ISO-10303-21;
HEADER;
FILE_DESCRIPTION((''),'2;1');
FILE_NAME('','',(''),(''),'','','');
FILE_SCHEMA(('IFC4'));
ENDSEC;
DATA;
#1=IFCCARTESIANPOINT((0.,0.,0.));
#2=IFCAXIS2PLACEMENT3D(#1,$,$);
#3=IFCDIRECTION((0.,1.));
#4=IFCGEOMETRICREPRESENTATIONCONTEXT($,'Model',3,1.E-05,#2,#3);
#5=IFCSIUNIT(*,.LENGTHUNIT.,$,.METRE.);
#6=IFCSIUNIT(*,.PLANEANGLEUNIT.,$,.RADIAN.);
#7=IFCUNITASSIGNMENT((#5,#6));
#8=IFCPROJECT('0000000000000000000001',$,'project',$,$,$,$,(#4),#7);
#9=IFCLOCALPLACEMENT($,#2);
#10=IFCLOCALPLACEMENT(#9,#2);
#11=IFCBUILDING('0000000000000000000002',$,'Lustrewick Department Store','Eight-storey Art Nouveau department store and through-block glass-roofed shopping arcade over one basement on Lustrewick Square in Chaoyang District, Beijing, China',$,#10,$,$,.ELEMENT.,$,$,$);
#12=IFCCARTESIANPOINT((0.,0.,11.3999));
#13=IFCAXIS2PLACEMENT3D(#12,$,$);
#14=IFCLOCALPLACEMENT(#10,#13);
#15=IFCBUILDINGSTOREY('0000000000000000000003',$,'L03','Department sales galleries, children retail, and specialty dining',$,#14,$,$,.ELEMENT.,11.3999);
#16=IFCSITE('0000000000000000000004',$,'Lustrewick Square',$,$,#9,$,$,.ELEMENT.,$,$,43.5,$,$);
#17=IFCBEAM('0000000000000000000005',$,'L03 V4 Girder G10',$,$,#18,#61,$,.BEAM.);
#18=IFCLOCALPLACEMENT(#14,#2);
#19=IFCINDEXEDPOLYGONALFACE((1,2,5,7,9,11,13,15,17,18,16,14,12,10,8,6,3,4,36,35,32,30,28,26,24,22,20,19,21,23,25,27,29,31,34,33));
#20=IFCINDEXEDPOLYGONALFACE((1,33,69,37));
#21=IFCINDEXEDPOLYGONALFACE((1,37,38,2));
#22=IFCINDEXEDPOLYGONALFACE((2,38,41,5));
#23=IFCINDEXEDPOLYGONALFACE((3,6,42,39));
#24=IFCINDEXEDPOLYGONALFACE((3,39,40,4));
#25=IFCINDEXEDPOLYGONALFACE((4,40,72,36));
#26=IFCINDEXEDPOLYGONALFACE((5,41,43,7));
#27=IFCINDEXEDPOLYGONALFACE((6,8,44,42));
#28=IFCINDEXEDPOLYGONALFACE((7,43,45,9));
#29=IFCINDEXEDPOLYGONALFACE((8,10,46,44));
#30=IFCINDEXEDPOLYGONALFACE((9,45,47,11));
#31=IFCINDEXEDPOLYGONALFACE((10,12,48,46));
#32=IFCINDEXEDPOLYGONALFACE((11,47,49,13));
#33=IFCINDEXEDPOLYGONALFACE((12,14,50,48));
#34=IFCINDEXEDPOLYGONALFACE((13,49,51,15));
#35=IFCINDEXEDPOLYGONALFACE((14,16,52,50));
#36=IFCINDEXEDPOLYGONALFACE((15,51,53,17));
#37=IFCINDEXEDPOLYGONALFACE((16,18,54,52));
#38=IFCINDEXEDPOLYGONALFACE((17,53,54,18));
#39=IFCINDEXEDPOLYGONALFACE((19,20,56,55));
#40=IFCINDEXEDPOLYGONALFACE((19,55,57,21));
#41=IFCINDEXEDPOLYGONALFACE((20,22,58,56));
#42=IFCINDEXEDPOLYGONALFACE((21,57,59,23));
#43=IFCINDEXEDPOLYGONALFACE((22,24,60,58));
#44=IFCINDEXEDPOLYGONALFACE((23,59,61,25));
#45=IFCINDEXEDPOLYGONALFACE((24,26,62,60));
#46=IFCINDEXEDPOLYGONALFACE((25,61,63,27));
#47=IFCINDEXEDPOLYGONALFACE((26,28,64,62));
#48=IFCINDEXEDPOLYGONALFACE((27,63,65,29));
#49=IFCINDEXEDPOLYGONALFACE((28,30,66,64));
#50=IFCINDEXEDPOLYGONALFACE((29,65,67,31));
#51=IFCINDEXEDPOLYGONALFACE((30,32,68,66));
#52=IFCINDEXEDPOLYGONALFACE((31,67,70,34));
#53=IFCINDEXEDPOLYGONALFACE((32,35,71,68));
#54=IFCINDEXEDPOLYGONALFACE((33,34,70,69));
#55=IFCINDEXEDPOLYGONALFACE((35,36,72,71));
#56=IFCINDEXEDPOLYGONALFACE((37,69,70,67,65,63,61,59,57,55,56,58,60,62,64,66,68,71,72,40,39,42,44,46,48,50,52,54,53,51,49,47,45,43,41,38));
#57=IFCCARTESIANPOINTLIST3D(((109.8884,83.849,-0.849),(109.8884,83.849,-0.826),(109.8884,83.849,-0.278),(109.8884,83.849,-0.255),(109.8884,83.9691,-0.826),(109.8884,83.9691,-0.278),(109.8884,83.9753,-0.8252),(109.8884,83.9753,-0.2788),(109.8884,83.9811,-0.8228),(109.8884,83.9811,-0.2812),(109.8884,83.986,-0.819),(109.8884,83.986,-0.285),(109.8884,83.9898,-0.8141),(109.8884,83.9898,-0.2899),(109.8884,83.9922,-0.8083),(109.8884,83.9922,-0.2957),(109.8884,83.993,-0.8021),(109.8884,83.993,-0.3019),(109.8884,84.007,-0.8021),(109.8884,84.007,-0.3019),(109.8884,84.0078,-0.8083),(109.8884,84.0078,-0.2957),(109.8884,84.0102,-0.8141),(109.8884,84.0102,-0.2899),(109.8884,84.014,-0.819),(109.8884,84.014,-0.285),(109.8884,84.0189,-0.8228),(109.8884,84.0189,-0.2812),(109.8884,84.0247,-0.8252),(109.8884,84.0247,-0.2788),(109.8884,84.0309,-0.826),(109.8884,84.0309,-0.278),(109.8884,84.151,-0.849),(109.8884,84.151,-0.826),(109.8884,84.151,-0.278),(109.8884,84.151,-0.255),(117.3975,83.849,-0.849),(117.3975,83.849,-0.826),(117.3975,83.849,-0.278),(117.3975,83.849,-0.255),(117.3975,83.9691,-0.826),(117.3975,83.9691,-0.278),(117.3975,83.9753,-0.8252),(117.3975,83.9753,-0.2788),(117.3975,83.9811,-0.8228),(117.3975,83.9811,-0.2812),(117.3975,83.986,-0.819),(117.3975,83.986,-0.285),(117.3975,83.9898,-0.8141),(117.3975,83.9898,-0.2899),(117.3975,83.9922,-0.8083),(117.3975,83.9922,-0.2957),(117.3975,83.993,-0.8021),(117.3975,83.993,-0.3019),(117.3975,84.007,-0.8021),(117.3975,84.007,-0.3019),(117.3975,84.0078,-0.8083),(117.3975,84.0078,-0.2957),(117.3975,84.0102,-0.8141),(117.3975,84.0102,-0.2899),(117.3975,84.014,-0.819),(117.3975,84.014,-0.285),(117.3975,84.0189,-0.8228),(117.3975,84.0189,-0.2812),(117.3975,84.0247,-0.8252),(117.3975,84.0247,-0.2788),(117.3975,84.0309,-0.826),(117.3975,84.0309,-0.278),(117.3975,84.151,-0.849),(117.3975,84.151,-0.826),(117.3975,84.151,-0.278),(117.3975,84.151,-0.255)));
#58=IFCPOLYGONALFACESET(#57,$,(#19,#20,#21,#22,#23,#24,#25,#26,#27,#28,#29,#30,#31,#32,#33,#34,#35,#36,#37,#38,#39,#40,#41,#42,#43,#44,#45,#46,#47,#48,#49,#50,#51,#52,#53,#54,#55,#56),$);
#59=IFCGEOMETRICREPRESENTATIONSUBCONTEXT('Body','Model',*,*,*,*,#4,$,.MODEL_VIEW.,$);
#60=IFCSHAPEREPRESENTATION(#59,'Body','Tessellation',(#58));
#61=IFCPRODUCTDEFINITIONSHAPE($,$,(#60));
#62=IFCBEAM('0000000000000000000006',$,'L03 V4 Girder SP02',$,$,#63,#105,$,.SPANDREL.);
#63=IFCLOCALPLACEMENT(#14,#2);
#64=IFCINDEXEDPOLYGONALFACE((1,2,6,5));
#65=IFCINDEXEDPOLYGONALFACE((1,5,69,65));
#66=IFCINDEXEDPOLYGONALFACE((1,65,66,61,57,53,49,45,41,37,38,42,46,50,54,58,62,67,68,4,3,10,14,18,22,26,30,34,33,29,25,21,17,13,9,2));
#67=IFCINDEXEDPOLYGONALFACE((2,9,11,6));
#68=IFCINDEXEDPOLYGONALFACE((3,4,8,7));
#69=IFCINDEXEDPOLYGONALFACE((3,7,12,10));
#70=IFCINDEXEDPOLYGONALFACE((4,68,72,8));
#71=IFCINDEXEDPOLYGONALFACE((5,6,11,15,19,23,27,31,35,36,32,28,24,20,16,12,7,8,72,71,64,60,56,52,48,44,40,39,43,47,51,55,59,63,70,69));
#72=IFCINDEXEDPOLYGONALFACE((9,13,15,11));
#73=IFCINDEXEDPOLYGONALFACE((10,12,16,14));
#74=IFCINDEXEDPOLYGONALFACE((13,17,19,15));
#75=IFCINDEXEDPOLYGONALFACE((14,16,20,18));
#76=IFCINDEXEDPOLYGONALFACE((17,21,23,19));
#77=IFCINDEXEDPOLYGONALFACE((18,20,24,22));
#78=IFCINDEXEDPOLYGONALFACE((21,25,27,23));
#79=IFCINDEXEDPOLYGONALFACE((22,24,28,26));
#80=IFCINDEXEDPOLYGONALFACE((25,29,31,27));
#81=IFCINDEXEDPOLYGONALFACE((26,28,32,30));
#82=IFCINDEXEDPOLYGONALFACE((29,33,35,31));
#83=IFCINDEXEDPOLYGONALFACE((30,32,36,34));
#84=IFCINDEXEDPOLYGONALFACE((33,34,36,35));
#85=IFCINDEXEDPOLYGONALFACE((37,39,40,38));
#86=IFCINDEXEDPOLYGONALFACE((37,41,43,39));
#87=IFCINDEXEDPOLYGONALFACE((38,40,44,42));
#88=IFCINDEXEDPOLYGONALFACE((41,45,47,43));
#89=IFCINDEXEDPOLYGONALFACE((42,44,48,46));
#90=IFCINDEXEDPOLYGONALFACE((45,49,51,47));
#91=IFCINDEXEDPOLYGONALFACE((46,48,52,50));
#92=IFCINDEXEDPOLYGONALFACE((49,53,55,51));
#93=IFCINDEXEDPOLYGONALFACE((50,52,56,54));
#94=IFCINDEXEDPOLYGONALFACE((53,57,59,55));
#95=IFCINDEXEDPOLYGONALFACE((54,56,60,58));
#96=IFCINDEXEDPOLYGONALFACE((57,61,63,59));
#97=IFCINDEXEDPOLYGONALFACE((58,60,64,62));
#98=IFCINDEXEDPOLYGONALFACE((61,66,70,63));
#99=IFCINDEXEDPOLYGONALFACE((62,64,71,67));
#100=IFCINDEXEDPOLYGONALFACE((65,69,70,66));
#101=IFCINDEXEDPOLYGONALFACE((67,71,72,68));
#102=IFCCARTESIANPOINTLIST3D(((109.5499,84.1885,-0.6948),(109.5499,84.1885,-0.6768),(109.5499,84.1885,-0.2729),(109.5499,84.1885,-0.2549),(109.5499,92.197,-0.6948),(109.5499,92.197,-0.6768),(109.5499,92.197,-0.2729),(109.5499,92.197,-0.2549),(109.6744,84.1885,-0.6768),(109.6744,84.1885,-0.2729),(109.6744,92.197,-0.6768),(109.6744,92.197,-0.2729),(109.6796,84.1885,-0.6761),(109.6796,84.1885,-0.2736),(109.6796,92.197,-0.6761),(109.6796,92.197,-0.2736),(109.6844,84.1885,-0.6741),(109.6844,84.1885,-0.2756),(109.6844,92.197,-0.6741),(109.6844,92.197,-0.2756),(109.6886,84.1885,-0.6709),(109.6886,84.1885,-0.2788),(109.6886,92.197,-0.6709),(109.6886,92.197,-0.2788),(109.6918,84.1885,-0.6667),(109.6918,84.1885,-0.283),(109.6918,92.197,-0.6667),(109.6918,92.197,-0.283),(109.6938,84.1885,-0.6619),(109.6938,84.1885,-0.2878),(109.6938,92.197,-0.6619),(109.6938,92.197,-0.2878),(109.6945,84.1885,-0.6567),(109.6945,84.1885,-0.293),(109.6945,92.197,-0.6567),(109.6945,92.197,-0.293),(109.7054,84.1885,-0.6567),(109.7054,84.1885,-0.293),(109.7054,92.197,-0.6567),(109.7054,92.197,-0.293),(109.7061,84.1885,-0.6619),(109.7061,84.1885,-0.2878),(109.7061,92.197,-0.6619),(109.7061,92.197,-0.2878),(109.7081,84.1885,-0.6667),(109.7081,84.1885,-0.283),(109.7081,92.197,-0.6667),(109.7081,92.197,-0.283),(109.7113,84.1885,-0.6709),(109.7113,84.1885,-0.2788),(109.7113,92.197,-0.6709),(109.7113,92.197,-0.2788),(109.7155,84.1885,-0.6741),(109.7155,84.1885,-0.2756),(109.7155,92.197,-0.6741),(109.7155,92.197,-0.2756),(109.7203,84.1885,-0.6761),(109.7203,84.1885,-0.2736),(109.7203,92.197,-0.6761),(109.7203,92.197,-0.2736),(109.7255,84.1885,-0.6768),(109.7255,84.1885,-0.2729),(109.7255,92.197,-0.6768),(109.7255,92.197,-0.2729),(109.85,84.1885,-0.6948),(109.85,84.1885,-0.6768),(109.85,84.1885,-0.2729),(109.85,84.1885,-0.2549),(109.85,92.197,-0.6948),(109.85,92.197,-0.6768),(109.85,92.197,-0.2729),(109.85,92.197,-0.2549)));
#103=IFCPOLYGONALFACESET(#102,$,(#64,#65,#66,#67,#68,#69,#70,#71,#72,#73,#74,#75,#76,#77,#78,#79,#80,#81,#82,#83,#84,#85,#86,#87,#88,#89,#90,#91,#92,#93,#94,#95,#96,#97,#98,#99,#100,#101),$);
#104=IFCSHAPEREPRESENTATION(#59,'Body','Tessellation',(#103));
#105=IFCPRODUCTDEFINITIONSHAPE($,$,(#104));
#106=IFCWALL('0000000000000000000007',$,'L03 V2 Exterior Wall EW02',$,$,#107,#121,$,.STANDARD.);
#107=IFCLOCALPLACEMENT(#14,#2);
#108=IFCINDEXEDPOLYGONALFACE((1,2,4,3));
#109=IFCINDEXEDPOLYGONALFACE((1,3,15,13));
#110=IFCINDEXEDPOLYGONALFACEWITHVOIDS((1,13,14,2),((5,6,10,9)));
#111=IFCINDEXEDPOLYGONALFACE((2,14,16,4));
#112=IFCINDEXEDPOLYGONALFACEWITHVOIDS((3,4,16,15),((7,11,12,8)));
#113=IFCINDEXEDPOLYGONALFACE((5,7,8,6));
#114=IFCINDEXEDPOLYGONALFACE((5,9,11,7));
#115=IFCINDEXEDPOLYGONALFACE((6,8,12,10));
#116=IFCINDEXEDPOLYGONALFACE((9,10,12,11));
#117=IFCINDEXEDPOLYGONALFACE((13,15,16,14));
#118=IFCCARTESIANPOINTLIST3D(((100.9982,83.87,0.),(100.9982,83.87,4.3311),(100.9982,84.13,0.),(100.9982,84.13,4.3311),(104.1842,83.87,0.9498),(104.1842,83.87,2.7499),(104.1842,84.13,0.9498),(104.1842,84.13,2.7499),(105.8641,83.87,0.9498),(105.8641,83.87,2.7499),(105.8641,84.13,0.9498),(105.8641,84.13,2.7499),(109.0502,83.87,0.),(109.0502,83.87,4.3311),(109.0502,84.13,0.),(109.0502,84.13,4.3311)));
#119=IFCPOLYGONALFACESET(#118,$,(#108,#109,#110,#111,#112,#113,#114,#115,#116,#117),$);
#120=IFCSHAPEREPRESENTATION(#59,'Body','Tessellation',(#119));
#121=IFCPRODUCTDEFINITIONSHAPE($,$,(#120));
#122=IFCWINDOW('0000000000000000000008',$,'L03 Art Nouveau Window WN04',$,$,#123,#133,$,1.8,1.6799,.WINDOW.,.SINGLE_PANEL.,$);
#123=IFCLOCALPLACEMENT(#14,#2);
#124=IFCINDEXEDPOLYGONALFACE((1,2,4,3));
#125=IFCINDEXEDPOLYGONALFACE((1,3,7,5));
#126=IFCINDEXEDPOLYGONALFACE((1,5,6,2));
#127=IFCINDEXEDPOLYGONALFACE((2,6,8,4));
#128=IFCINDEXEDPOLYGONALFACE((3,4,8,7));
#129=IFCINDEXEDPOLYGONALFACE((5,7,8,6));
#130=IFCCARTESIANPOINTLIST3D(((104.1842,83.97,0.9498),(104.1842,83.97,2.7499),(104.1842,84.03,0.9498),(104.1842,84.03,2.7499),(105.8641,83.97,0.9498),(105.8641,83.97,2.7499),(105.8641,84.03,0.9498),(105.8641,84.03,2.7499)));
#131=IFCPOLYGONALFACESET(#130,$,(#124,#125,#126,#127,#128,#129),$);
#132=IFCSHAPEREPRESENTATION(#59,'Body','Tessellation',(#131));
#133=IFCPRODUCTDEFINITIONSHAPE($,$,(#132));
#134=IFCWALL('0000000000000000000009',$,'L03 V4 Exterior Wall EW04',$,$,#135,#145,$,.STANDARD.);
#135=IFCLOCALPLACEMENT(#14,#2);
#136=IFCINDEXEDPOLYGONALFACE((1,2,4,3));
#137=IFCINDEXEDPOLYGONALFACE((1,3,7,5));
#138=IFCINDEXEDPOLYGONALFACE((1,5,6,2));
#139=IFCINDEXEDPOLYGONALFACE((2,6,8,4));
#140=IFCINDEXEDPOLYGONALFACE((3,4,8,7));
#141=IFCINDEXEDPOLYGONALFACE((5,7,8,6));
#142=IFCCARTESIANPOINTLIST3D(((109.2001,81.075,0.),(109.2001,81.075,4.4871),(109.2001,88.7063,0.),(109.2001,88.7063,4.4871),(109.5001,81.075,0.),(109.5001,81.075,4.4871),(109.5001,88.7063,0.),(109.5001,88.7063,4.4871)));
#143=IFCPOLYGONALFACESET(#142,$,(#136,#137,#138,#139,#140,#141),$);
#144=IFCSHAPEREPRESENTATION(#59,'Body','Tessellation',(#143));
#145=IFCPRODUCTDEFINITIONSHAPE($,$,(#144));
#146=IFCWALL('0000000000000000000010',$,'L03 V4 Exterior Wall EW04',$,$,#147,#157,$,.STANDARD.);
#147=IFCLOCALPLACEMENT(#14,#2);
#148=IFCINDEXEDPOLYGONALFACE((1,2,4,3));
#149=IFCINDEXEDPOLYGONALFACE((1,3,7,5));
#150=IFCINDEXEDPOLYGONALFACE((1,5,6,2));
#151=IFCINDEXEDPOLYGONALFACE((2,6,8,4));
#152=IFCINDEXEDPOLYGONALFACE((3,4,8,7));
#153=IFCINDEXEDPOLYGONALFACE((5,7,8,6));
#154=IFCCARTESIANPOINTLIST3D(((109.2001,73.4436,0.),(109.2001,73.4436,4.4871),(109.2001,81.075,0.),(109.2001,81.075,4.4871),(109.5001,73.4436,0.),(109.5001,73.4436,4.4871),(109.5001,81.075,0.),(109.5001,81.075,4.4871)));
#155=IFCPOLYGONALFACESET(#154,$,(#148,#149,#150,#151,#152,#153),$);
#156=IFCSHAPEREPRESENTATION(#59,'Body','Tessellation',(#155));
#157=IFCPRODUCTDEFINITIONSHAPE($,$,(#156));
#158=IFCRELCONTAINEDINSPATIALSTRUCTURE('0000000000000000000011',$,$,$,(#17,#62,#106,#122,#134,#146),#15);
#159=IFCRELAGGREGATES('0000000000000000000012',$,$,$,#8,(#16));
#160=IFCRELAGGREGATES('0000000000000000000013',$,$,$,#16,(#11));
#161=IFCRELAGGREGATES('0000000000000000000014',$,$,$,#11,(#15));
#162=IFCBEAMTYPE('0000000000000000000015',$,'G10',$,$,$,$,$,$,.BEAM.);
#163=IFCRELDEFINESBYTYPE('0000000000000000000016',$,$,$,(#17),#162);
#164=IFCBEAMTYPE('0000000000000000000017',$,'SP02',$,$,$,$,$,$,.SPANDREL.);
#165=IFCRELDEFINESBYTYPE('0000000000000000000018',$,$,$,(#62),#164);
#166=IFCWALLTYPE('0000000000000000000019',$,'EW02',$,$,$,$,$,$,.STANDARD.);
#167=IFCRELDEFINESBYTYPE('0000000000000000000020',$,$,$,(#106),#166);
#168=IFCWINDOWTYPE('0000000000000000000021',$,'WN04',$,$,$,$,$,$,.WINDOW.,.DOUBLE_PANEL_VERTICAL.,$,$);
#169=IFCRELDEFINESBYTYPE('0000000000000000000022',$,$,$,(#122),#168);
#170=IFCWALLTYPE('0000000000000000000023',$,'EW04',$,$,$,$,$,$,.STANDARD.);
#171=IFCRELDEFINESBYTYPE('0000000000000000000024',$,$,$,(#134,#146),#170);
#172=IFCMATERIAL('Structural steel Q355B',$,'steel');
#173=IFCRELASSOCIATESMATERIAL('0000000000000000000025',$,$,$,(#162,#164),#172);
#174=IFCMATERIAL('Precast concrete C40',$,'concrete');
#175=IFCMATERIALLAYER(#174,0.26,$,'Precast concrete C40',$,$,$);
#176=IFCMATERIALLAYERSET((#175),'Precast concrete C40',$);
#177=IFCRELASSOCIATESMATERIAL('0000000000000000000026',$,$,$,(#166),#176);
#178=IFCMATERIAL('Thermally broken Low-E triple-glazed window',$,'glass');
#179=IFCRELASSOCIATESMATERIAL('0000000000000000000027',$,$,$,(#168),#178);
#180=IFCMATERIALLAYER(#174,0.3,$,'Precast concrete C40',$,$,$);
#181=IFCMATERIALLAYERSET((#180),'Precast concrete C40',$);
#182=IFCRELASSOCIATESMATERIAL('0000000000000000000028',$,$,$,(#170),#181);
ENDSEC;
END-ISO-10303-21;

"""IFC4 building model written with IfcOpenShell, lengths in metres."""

from ifc_helpers import new_model, si_unit, direction, frame, frame_2d, origin, origin_2d, place, context, subcontext, project, spatial, rectangle, i_section, extrude, material, layer, layer_set, material_profile, profile_set, type_object, element, fill, save


model = new_model("IFC4")

# Units and contexts
model_context = context("Model", 3, precision=1e-05, world=origin(), true_north=direction((0.0, 1.0)))
body_context = subcontext(model_context, "Body", "Model", "MODEL_VIEW")
ifc_project = project(units=[si_unit("LENGTHUNIT", "METRE"), si_unit("PLANEANGLEUNIT", "RADIAN")], contexts=[model_context])

# Site, building, storey
site_placement = place(None, origin())
site = spatial("IfcSite", under=ifc_project, at=site_placement, Name="Lustrewick Square", CompositionType="ELEMENT", RefElevation=43.5)
building_placement = place(site_placement, origin())
building = spatial("IfcBuilding", under=site, at=building_placement, Name="Lustrewick Department Store", Description="Eight-storey Art Nouveau department store and through-block glass-roofed shopping arcade over one basement on Lustrewick Square in Chaoyang District, Beijing, China", CompositionType="ELEMENT")
storey_placement = place(building_placement, frame((0.0, 0.0, 11.3999)))
storey = spatial("IfcBuildingStorey", under=building, at=storey_placement, Name="L03", Description="Department sales galleries, children retail, and specialty dining", CompositionType="ELEMENT", Elevation=11.3999)

# Shared definitions
ifc_material_1 = material(Name="Structural steel Q355B", Category="steel")

# Beams
ifc_material_profile_1 = material_profile(ifc_material_1, i_section(OverallWidth=0.302, OverallDepth=0.594, WebThickness=0.0139, FlangeThickness=0.0229, FilletRadius=0.0239, at=origin_2d()), Name="HM 594x302x14x23")
ifc_profile_set_1 = profile_set([ifc_material_profile_1], Name="Structural steel Q355B")
beam_type_1 = type_object("IfcBeamType", Name="G10", PredefinedType="BEAM", material=ifc_profile_set_1)
beam_1_placement = place(storey_placement, frame((109.8884, 84.0, -0.552), z_axis=(1.0, 0.0, 0.0), x_axis=(0.0, 1.0, 0.0)))
element("IfcBeam", 1, at=beam_1_placement, inside=storey, type_object=beam_type_1, Name="L03 V4 Girder G10", PredefinedType="BEAM", context=body_context, shape_type="SweptSolid", body=[
    extrude(i_section(OverallWidth=0.302, OverallDepth=0.594, WebThickness=0.0139, FlangeThickness=0.0229, FilletRadius=0.0239, at=origin_2d()), origin(), (0.0, 0.0, 1.0), 7.509),
])
ifc_material_profile_2 = material_profile(ifc_material_1, i_section(OverallWidth=0.3, OverallDepth=0.4399, WebThickness=0.011, FlangeThickness=0.0181, FilletRadius=0.02, at=origin_2d()), Name="HM 440x300x11x18")
ifc_profile_set_2 = profile_set([ifc_material_profile_2], Name="Structural steel Q355B")
beam_type_2 = type_object("IfcBeamType", Name="SP02", PredefinedType="SPANDREL", material=ifc_profile_set_2)
beam_2_placement = place(storey_placement, frame((109.7, 84.1885, -0.4749), z_axis=(0.0, 1.0, 0.0), x_axis=(-1.0, 0.0, 0.0)))
element("IfcBeam", 2, at=beam_2_placement, inside=storey, type_object=beam_type_2, Name="L03 V4 Girder SP02", PredefinedType="SPANDREL", context=body_context, shape_type="SweptSolid", body=[
    extrude(i_section(OverallWidth=0.3, OverallDepth=0.4399, WebThickness=0.011, FlangeThickness=0.0181, FilletRadius=0.02, at=origin_2d()), origin(), (0.0, 0.0, 1.0), 8.0085),
])

# Wall, opening, window
ifc_material_2 = material(Name="Precast concrete C40", Category="concrete")
ifc_layer_1 = layer(ifc_material_2, 0.26, Name="Precast concrete C40")
ifc_layer_set_1 = layer_set([ifc_layer_1], Name="Precast concrete C40")
wall_type_1 = type_object("IfcWallType", Name="EW02", PredefinedType="STANDARD", material=ifc_layer_set_1)
wall_1_placement = place(storey_placement, frame((109.05, 84.0, 0.0), z_axis=(0.0, 0.0, 1.0), x_axis=(-1.0, 0.0, 0.0)))
wall_1 = element("IfcWall", 3, at=wall_1_placement, inside=storey, type_object=wall_type_1, Name="L03 V2 Exterior Wall EW02", PredefinedType="STANDARD", context=body_context, shape_type="SweptSolid", body=[
    extrude(rectangle(XDim=8.052, YDim=0.26, at=frame_2d((4.0259, 0.0))), origin(), (0.0, 0.0, 1.0), 4.3311),
])
opening_1_placement = place(wall_1_placement, frame((3.186, 0.0, 0.95)))
opening_1 = element("IfcOpeningElement", 4, at=opening_1_placement, cuts=wall_1, PredefinedType="OPENING", context=body_context, shape_type="SweptSolid", body=[
    extrude(rectangle(XDim=1.6799, YDim=1.8, at=frame_2d((0.8398, 0.8999))), frame((0.0, 0.1401, 0.0), z_axis=(0.0, -1.0, 0.0), x_axis=(1.0, 0.0, 0.0)), (0.0, 0.0, 1.0), 0.28),
])
ifc_material_3 = material(Name="Thermally broken Low-E triple-glazed window", Category="glass")
window_type = type_object("IfcWindowType", Name="WN04", PartitioningType="DOUBLE_PANEL_VERTICAL", PredefinedType="WINDOW", material=ifc_material_3)
window_placement = place(opening_1_placement, origin())
window = element("IfcWindow", 5, at=window_placement, inside=storey, type_object=window_type, Name="L03 Art Nouveau Window WN04", OverallHeight=1.8, OverallWidth=1.6799, PartitioningType="SINGLE_PANEL", PredefinedType="WINDOW", context=body_context, shape_type="SweptSolid", body=[
    extrude(rectangle(XDim=1.6799, YDim=1.8, at=frame_2d((0.8398, 0.8999))), frame((0.0, 0.03, 0.0), z_axis=(0.0, -1.0, 0.0), x_axis=(1.0, 0.0, 0.0)), (0.0, 0.0, 1.0), 0.0601),
])
fill(opening_1, window)

# Walls
ifc_layer_2 = layer(ifc_material_2, 0.3, Name="Precast concrete C40")
ifc_layer_set_2 = layer_set([ifc_layer_2], Name="Precast concrete C40")
wall_type_2 = type_object("IfcWallType", Name="EW04", PredefinedType="STANDARD", material=ifc_layer_set_2)
for number, where, z_axis, x_axis, name in (
    (6, (109.3501, 88.7063, 0.0), (0.0, 0.0, 1.0), (0.0, -1.0, 0.0), "L03 V4 Exterior Wall EW04"),
    (7, (109.3501, 81.075, 0.0), (0.0, 0.0, 1.0), (0.0, -1.0, 0.0), "L03 V4 Exterior Wall EW04"),
):
    element("IfcWall", number, at=place(storey_placement, frame(where, z_axis=z_axis, x_axis=x_axis)), inside=storey, type_object=wall_type_2, Name=name, PredefinedType="STANDARD", context=body_context, shape_type="SweptSolid", body=[
        extrude(rectangle(XDim=7.6313, YDim=0.3, at=frame_2d((3.8157, 0.0))), origin(), (0.0, 0.0, 1.0), 4.4871),
    ])

save(model, "model.ifc")
